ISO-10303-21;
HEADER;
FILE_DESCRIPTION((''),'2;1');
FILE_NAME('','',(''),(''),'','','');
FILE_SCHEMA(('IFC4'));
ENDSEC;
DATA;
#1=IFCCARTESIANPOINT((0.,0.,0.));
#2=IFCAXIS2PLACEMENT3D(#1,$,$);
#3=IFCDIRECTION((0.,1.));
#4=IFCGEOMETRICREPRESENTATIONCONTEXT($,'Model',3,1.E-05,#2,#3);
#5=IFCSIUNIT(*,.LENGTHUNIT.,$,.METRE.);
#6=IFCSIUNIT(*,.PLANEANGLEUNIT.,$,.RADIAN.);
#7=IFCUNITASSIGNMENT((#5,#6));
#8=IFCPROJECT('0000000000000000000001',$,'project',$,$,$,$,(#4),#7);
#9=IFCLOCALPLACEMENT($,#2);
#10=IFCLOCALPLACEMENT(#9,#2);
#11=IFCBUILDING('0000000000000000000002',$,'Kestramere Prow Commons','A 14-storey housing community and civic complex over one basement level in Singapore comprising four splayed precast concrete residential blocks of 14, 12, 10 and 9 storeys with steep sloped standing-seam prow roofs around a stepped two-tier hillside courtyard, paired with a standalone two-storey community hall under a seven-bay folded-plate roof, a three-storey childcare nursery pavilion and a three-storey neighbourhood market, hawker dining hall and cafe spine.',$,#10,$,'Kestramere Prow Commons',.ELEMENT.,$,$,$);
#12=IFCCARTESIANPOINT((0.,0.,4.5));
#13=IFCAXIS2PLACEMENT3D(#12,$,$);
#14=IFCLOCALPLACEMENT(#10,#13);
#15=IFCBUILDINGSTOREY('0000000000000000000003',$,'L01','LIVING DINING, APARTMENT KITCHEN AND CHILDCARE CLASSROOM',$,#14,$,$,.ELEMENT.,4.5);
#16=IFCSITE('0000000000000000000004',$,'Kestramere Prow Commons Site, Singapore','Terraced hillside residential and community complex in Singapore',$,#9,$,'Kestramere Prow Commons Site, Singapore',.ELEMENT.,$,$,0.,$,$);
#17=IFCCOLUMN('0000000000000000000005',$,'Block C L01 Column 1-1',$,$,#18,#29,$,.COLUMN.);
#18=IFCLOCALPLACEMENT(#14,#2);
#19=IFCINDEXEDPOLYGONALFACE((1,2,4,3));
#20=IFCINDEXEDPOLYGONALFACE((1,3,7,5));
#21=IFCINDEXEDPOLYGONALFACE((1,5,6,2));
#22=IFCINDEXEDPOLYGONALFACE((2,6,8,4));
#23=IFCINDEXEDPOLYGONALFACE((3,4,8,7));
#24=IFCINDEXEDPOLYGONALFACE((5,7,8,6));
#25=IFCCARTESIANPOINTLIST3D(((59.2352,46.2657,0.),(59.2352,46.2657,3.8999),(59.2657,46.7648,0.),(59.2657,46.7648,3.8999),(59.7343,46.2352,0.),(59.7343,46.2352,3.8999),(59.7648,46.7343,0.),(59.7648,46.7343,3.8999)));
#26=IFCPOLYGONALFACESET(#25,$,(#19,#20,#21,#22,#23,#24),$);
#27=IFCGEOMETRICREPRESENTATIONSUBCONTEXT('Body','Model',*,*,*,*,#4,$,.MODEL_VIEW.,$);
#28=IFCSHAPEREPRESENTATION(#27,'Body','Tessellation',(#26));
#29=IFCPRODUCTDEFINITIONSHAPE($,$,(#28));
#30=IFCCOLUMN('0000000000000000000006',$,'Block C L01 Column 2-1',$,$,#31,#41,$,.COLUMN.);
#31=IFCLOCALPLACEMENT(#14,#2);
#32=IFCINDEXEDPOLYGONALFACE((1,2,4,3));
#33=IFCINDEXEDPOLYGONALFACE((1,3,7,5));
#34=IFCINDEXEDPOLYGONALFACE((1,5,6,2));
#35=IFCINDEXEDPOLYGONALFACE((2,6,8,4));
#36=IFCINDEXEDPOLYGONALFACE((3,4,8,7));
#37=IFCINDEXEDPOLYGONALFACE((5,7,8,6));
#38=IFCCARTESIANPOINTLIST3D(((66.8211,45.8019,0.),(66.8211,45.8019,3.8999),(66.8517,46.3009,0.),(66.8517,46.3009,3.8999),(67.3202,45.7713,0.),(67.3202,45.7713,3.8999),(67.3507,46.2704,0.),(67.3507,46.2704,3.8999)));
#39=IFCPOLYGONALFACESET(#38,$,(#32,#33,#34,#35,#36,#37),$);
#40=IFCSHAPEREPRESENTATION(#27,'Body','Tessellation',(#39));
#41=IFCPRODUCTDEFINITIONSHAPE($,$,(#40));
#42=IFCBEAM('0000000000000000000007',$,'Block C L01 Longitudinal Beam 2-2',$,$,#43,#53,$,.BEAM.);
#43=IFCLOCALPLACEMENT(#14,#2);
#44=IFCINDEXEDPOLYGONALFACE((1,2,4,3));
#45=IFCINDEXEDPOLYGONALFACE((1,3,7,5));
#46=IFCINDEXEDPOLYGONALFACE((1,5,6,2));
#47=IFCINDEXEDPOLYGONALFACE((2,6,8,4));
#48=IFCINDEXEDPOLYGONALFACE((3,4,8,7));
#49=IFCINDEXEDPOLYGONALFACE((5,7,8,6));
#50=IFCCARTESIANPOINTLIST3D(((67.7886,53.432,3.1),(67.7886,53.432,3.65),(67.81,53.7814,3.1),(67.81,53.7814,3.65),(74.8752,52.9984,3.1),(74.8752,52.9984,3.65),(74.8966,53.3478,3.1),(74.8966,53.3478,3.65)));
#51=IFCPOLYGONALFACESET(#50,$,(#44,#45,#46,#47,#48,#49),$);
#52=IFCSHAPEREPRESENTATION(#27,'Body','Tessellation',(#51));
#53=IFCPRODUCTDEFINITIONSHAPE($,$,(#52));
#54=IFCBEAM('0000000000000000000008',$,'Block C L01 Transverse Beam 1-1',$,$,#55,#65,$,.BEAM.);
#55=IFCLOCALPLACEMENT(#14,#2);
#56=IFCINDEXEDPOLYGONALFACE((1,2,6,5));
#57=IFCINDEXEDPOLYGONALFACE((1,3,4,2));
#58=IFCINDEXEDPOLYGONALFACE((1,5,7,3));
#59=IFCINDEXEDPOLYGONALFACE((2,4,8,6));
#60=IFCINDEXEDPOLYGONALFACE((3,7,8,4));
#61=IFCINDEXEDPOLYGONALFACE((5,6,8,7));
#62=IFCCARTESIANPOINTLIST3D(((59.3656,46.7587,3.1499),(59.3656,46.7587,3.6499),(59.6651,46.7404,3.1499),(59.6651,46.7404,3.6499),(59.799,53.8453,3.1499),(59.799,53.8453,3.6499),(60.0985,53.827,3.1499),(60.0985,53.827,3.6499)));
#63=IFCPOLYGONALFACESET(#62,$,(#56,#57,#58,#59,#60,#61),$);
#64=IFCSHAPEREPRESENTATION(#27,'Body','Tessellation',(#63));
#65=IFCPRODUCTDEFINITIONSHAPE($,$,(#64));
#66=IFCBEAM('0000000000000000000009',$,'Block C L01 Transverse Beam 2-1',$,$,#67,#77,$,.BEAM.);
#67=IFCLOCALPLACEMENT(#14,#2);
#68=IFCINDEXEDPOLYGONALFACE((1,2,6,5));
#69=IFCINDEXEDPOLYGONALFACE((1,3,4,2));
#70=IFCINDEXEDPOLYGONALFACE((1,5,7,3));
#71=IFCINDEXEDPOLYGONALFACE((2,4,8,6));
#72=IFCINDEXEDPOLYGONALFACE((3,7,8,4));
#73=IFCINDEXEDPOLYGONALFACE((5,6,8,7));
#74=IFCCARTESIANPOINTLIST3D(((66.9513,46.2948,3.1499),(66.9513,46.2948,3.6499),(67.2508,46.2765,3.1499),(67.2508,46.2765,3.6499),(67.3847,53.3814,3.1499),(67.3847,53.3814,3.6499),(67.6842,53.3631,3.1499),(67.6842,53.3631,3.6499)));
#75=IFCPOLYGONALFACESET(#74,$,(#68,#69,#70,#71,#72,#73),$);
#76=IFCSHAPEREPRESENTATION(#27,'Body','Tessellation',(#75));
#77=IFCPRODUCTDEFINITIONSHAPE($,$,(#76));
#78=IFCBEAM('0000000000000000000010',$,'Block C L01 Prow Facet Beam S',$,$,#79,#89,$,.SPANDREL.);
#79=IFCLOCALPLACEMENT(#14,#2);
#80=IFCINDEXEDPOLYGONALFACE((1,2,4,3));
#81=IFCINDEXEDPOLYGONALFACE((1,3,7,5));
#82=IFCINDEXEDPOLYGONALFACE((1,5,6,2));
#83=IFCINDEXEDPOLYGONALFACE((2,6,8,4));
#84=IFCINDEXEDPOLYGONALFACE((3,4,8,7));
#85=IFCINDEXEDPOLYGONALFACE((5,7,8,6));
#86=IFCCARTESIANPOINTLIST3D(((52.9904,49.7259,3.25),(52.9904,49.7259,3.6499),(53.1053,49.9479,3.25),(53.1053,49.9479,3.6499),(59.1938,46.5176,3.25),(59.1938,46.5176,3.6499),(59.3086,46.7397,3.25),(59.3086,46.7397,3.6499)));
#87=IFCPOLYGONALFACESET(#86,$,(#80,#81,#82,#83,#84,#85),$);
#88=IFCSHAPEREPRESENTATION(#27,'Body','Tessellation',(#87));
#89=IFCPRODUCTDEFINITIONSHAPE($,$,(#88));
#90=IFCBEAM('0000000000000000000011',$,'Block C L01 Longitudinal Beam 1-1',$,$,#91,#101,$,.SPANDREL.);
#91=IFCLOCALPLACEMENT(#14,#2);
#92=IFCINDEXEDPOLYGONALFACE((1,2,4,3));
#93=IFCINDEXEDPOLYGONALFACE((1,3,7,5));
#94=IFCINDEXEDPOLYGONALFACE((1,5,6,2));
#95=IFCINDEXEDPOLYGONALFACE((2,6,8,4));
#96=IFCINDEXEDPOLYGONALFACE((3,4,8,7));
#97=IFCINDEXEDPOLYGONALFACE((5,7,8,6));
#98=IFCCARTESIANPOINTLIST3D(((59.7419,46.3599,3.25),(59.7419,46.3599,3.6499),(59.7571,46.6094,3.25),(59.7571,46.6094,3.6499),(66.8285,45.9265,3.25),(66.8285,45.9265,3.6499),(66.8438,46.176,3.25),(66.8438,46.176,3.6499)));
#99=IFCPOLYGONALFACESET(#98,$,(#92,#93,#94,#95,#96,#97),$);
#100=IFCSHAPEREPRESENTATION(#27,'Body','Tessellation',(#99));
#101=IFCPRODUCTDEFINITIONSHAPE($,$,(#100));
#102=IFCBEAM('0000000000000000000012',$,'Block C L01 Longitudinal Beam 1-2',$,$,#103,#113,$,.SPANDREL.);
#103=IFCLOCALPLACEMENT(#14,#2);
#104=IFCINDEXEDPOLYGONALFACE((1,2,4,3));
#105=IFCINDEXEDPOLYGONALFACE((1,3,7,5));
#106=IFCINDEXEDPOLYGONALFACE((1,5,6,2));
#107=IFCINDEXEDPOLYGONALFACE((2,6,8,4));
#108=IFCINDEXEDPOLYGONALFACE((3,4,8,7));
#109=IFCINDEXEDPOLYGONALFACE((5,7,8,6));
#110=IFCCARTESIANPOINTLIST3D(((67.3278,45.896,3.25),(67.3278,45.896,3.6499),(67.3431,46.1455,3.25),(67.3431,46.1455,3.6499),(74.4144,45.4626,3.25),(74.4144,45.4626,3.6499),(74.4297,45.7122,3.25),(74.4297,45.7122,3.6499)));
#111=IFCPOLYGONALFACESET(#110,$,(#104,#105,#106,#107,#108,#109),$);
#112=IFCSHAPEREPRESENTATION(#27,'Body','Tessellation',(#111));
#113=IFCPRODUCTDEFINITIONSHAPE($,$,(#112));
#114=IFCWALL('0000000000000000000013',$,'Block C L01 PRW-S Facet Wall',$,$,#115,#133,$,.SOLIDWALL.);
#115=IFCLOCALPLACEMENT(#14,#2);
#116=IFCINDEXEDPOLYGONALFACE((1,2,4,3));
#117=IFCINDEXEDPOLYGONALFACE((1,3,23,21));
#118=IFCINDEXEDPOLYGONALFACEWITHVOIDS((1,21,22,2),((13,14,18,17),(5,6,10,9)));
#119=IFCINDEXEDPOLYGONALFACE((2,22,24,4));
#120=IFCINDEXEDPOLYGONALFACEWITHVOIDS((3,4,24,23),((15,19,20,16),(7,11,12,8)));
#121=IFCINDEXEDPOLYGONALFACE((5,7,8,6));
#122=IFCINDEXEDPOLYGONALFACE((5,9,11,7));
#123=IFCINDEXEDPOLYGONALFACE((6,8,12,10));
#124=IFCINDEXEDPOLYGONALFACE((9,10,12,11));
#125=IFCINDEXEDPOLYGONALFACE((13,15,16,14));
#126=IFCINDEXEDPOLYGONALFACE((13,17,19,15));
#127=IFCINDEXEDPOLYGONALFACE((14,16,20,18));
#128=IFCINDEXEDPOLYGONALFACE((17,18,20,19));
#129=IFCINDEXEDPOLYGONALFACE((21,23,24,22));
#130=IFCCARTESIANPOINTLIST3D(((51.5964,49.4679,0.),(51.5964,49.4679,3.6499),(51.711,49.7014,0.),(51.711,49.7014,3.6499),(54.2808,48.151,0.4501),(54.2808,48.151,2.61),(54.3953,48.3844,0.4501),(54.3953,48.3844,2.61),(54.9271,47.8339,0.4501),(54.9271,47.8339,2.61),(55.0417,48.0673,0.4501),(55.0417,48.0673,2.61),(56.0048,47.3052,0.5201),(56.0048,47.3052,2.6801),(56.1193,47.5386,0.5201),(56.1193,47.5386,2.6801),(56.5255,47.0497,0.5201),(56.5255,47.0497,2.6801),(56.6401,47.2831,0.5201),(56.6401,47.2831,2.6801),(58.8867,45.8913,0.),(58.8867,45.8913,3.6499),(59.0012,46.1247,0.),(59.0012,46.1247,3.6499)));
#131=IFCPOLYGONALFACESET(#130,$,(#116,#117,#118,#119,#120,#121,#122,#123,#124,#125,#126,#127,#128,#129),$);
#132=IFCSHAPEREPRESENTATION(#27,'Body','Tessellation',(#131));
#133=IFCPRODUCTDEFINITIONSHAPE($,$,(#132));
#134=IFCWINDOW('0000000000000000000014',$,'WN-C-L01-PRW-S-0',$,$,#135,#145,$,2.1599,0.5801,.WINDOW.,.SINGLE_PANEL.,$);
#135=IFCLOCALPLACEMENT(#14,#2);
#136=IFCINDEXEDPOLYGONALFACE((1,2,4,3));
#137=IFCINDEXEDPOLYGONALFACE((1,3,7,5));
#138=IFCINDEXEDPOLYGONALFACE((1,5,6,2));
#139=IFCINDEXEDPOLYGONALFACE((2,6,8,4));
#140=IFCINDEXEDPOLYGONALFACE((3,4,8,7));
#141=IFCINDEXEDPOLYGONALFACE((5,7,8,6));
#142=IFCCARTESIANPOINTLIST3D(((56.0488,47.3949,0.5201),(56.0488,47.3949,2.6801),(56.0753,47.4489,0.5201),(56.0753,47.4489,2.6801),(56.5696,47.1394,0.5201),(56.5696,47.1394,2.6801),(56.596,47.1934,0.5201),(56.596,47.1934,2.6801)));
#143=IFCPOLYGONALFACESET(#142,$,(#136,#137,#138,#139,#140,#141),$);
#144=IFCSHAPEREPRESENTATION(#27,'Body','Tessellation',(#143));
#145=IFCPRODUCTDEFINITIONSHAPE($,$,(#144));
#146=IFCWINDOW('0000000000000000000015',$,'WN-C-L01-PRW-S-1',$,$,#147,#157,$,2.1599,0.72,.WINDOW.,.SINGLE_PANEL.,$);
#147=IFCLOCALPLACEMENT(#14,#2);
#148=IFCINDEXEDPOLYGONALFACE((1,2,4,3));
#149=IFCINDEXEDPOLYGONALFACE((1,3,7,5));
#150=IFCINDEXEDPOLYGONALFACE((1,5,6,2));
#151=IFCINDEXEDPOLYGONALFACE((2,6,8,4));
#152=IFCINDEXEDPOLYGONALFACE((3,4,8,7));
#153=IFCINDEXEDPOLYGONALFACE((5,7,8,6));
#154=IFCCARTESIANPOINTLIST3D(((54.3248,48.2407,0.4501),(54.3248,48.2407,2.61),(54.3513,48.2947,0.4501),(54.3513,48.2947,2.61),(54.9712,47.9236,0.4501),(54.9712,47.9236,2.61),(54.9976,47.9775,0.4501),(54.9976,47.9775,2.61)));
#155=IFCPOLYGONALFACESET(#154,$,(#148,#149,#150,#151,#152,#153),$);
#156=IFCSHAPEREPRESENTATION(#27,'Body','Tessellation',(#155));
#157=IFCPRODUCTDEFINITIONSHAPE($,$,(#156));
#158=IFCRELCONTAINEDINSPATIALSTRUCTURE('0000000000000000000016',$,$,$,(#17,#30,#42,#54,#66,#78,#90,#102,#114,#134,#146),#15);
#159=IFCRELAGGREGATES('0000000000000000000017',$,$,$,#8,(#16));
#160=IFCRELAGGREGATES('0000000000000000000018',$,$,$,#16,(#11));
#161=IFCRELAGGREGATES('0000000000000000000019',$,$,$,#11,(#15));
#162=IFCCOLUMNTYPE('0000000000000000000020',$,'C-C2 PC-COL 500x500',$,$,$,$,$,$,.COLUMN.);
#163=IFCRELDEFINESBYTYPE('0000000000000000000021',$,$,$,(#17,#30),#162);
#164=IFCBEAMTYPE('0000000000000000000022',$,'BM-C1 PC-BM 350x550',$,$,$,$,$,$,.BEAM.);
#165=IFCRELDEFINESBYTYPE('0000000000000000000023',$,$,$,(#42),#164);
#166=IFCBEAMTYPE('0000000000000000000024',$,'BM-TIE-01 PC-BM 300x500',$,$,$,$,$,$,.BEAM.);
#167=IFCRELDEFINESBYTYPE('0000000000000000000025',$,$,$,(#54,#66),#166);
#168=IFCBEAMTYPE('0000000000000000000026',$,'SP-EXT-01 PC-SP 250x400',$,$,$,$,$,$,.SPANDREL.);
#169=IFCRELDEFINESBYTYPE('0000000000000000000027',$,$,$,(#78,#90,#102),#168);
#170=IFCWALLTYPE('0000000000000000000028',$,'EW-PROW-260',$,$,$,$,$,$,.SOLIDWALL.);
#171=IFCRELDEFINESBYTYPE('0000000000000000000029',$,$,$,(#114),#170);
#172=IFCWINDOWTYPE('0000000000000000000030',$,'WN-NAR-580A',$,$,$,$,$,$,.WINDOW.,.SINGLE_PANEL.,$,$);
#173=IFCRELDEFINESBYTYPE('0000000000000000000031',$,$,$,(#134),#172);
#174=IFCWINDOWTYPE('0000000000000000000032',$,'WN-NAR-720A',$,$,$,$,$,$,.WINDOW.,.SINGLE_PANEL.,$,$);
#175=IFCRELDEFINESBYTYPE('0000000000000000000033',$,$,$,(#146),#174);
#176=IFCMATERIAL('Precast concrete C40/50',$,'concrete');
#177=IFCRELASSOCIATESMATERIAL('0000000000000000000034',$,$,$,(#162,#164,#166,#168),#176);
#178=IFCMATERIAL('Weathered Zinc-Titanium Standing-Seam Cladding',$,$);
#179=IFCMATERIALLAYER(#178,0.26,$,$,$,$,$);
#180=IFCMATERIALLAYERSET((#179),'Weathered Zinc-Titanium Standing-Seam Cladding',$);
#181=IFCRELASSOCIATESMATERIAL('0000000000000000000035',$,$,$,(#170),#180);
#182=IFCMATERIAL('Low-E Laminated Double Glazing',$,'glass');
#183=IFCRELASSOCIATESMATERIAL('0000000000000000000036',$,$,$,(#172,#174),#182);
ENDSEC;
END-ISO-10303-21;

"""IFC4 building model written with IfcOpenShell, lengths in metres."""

from ifc_helpers import new_model, si_unit, direction, frame, frame_2d, origin, origin_2d, place, context, subcontext, project, spatial, rectangle, extrude, material, layer, layer_set, material_profile, profile_set, type_object, element, fill, save


model = new_model("IFC4")

# Units and contexts
model_context = context("Model", 3, precision=1e-05, world=origin(), true_north=direction((0.0, 1.0)))
body_context = subcontext(model_context, "Body", "Model", "MODEL_VIEW")
ifc_project = project(units=[si_unit("LENGTHUNIT", "METRE"), si_unit("PLANEANGLEUNIT", "RADIAN")], contexts=[model_context])

# Site, building, storey
site_placement = place(None, origin())
site = spatial("IfcSite", under=ifc_project, at=site_placement, Name="Kestramere Prow Commons Site, Singapore", Description="Terraced hillside residential and community complex in Singapore", LongName="Kestramere Prow Commons Site, Singapore", CompositionType="ELEMENT", RefElevation=0.0)
building_placement = place(site_placement, origin())
building = spatial("IfcBuilding", under=site, at=building_placement, Name="Kestramere Prow Commons", Description="A 14-storey housing community and civic complex over one basement level in Singapore comprising four splayed precast concrete residential blocks of 14, 12, 10 and 9 storeys with steep sloped standing-seam prow roofs around a stepped two-tier hillside courtyard, paired with a standalone two-storey community hall under a seven-bay folded-plate roof, a three-storey childcare nursery pavilion and a three-storey neighbourhood market, hawker dining hall and cafe spine.", LongName="Kestramere Prow Commons", CompositionType="ELEMENT")
storey_placement = place(building_placement, frame((0.0, 0.0, 4.5)))
storey = spatial("IfcBuildingStorey", under=building, at=storey_placement, Name="L01", Description="LIVING DINING, APARTMENT KITCHEN AND CHILDCARE CLASSROOM", CompositionType="ELEMENT", Elevation=4.5)

# Columns
ifc_material_1 = material(Name="Precast concrete C40/50", Category="concrete")
ifc_material_profile_1 = material_profile(ifc_material_1, rectangle(XDim=0.5, YDim=0.5, at=origin_2d()), Name="PC-COL 500x500")
ifc_profile_set_1 = profile_set([ifc_material_profile_1], Name="Precast concrete C40/50")
column_type = type_object("IfcColumnType", Name="C-C2 PC-COL 500x500", PredefinedType="COLUMN", material=ifc_profile_set_1)
for number, where, z_axis, x_axis, name in (
    (1, (59.5, 46.5, 0.0), (0.0, 0.0, 1.0), (0.998135, -0.061049, 0.0), "Block C L01 Column 1-1"),
    (2, (67.0859, 46.0361, 0.0), (0.0, 0.0, 1.0), (0.998135, -0.061049, 0.0), "Block C L01 Column 2-1"),
):
    element("IfcColumn", number, at=place(storey_placement, frame(where, z_axis=z_axis, x_axis=x_axis)), inside=storey, type_object=column_type, Name=name, PredefinedType="COLUMN", context=body_context, shape_type="SweptSolid", body=[
        extrude(rectangle(XDim=0.5, YDim=0.5, at=origin_2d()), origin(), (0.0, 0.0, 1.0), 3.8999),
    ])

# Beams
ifc_material_profile_2 = material_profile(ifc_material_1, rectangle(XDim=0.3501, YDim=0.55, at=origin_2d()), Name="PC-BM 350x550")
ifc_profile_set_2 = profile_set([ifc_material_profile_2], Name="Precast concrete C40/50")
beam_type_1 = type_object("IfcBeamType", Name="BM-C1 PC-BM 350x550", PredefinedType="BEAM", material=ifc_profile_set_2)
beam_1_placement = place(storey_placement, frame((67.7993, 53.6067, 3.375), z_axis=(0.998133, -0.06107, 0.0), x_axis=(0.06107, 0.998133, 0.0)))
element("IfcBeam", 3, at=beam_1_placement, inside=storey, type_object=beam_type_1, Name="Block C L01 Longitudinal Beam 2-2", PredefinedType="BEAM", context=body_context, shape_type="SweptSolid", body=[
    extrude(rectangle(XDim=0.3501, YDim=0.55, at=origin_2d()), origin(), (0.0, 0.0, 1.0), 7.0999),
])
ifc_material_profile_3 = material_profile(ifc_material_1, rectangle(XDim=0.3, YDim=0.5, at=origin_2d()), Name="PC-BM 300x500")
ifc_profile_set_3 = profile_set([ifc_material_profile_3], Name="Precast concrete C40/50")
beam_type_2 = type_object("IfcBeamType", Name="BM-TIE-01 PC-BM 300x500", PredefinedType="BEAM", material=ifc_profile_set_3)
for number, where, z_axis, x_axis, name in (
    (4, (59.5154, 46.7495, 3.3999), (0.061036, 0.998136, 0.0), (-0.998136, 0.061036, 0.0), "Block C L01 Transverse Beam 1-1"),
    (5, (67.1011, 46.2856, 3.3999), (0.061036, 0.998136, 0.0), (-0.998136, 0.061036, 0.0), "Block C L01 Transverse Beam 2-1"),
):
    element("IfcBeam", number, at=place(storey_placement, frame(where, z_axis=z_axis, x_axis=x_axis)), inside=storey, type_object=beam_type_2, Name=name, PredefinedType="BEAM", context=body_context, shape_type="SweptSolid", body=[
        extrude(rectangle(XDim=0.3, YDim=0.5, at=origin_2d()), origin(), (0.0, 0.0, 1.0), 7.0999),
    ])
ifc_material_profile_4 = material_profile(ifc_material_1, rectangle(XDim=0.25, YDim=0.3999, at=origin_2d()), Name="PC-SP 250x400")
ifc_profile_set_4 = profile_set([ifc_material_profile_4], Name="Precast concrete C40/50")
beam_type_3 = type_object("IfcBeamType", Name="SP-EXT-01 PC-SP 250x400", PredefinedType="SPANDREL", material=ifc_profile_set_4)
beam_2_placement = place(storey_placement, frame((59.2512, 46.6287, 3.45), z_axis=(-0.88824, 0.459379, 0.0), x_axis=(-0.459379, -0.88824, 0.0)))
element("IfcBeam", 6, at=beam_2_placement, inside=storey, type_object=beam_type_3, Name="Block C L01 Prow Facet Beam S", PredefinedType="SPANDREL", context=body_context, shape_type="SweptSolid", body=[
    extrude(rectangle(XDim=0.25, YDim=0.3999, at=origin_2d()), origin(), (0.0, 0.0, 1.0), 6.9839),
])
for number, where, z_axis, x_axis, name in (
    (7, (59.7495, 46.4846, 3.45), (0.998136, -0.061036, 0.0), (0.061036, 0.998136, 0.0), "Block C L01 Longitudinal Beam 1-1"),
    (8, (67.3354, 46.0208, 3.45), (0.998136, -0.061036, 0.0), (0.061036, 0.998136, 0.0), "Block C L01 Longitudinal Beam 1-2"),
):
    element("IfcBeam", number, at=place(storey_placement, frame(where, z_axis=z_axis, x_axis=x_axis)), inside=storey, type_object=beam_type_3, Name=name, PredefinedType="SPANDREL", context=body_context, shape_type="SweptSolid", body=[
        extrude(rectangle(XDim=0.25, YDim=0.3999, at=origin_2d()), origin(), (0.0, 0.0, 1.0), 7.0999),
    ])

# Wall, openings, windows
ifc_material_2 = material(Name="Weathered Zinc-Titanium Standing-Seam Cladding")
ifc_layer_1 = layer(ifc_material_2, 0.26)
ifc_layer_set_1 = layer_set([ifc_layer_1], Name="Weathered Zinc-Titanium Standing-Seam Cladding")
wall_type_1 = type_object("IfcWallType", Name="EW-PROW-260", PredefinedType="SOLIDWALL", material=ifc_layer_set_1)
wall_1_placement = place(storey_placement, frame((58.9438, 46.0081, 0.0), z_axis=(0.0, 0.0, 1.0), x_axis=(-0.897775, 0.440454, 0.0)))
wall_1 = element("IfcWall", 9, at=wall_1_placement, inside=storey, type_object=wall_type_1, Name="Block C L01 PRW-S Facet Wall", PredefinedType="SOLIDWALL", context=body_context, shape_type="SweptSolid", body=[
    extrude(rectangle(XDim=8.1204, YDim=0.26, at=frame_2d((4.0601, 0.0))), origin(), (0.0, 0.0, 1.0), 3.6499),
])
opening_1_placement = place(wall_1_placement, frame((2.6299, 0.0, 0.52)))
opening_1 = element("IfcOpeningElement", 10, at=opening_1_placement, cuts=wall_1, PredefinedType="OPENING", context=body_context, shape_type="SweptSolid", body=[
    extrude(rectangle(XDim=0.5801, YDim=2.1599, at=frame_2d((0.29, 1.0801))), frame((0.0, 0.145, 0.0), z_axis=(0.0, -1.0, 0.0), x_axis=(1.0, 0.0, 0.0)), (0.0, 0.0, 1.0), 0.29),
])
opening_2_placement = place(wall_1_placement, frame((4.4104, 0.0, 0.45)))
opening_2 = element("IfcOpeningElement", 11, at=opening_2_placement, cuts=wall_1, PredefinedType="OPENING", context=body_context, shape_type="SweptSolid", body=[
    extrude(rectangle(XDim=0.72, YDim=2.1599, at=frame_2d((0.3599, 1.0801))), frame((0.0, 0.145, 0.0), z_axis=(0.0, -1.0, 0.0), x_axis=(1.0, 0.0, 0.0)), (0.0, 0.0, 1.0), 0.29),
])
ifc_material_3 = material(Name="Low-E Laminated Double Glazing", Category="glass")
window_type_1 = type_object("IfcWindowType", Name="WN-NAR-580A", PartitioningType="SINGLE_PANEL", PredefinedType="WINDOW", material=ifc_material_3)
window_1_placement = place(opening_1_placement, origin())
window_1 = element("IfcWindow", 12, at=window_1_placement, inside=storey, type_object=window_type_1, Name="WN-C-L01-PRW-S-0", OverallHeight=2.1599, OverallWidth=0.5801, PartitioningType="SINGLE_PANEL", PredefinedType="WINDOW", context=body_context, shape_type="SweptSolid", body=[
    extrude(rectangle(XDim=0.5801, YDim=2.1599, at=frame_2d((0.29, 1.0801))), frame((0.0, 0.03, 0.0), z_axis=(0.0, -1.0, 0.0), x_axis=(1.0, 0.0, 0.0)), (0.0, 0.0, 1.0), 0.0601),
])
fill(opening_1, window_1)
window_type_2 = type_object("IfcWindowType", Name="WN-NAR-720A", PartitioningType="SINGLE_PANEL", PredefinedType="WINDOW", material=ifc_material_3)
window_2_placement = place(opening_2_placement, origin())
window_2 = element("IfcWindow", 13, at=window_2_placement, inside=storey, type_object=window_type_2, Name="WN-C-L01-PRW-S-1", OverallHeight=2.1599, OverallWidth=0.72, PartitioningType="SINGLE_PANEL", PredefinedType="WINDOW", context=body_context, shape_type="SweptSolid", body=[
    extrude(rectangle(XDim=0.72, YDim=2.1599, at=frame_2d((0.3599, 1.0801))), frame((0.0, 0.03, 0.0), z_axis=(0.0, -1.0, 0.0), x_axis=(1.0, 0.0, 0.0)), (0.0, 0.0, 1.0), 0.0601),
])
fill(opening_2, window_2)

save(model, "model.ifc")
